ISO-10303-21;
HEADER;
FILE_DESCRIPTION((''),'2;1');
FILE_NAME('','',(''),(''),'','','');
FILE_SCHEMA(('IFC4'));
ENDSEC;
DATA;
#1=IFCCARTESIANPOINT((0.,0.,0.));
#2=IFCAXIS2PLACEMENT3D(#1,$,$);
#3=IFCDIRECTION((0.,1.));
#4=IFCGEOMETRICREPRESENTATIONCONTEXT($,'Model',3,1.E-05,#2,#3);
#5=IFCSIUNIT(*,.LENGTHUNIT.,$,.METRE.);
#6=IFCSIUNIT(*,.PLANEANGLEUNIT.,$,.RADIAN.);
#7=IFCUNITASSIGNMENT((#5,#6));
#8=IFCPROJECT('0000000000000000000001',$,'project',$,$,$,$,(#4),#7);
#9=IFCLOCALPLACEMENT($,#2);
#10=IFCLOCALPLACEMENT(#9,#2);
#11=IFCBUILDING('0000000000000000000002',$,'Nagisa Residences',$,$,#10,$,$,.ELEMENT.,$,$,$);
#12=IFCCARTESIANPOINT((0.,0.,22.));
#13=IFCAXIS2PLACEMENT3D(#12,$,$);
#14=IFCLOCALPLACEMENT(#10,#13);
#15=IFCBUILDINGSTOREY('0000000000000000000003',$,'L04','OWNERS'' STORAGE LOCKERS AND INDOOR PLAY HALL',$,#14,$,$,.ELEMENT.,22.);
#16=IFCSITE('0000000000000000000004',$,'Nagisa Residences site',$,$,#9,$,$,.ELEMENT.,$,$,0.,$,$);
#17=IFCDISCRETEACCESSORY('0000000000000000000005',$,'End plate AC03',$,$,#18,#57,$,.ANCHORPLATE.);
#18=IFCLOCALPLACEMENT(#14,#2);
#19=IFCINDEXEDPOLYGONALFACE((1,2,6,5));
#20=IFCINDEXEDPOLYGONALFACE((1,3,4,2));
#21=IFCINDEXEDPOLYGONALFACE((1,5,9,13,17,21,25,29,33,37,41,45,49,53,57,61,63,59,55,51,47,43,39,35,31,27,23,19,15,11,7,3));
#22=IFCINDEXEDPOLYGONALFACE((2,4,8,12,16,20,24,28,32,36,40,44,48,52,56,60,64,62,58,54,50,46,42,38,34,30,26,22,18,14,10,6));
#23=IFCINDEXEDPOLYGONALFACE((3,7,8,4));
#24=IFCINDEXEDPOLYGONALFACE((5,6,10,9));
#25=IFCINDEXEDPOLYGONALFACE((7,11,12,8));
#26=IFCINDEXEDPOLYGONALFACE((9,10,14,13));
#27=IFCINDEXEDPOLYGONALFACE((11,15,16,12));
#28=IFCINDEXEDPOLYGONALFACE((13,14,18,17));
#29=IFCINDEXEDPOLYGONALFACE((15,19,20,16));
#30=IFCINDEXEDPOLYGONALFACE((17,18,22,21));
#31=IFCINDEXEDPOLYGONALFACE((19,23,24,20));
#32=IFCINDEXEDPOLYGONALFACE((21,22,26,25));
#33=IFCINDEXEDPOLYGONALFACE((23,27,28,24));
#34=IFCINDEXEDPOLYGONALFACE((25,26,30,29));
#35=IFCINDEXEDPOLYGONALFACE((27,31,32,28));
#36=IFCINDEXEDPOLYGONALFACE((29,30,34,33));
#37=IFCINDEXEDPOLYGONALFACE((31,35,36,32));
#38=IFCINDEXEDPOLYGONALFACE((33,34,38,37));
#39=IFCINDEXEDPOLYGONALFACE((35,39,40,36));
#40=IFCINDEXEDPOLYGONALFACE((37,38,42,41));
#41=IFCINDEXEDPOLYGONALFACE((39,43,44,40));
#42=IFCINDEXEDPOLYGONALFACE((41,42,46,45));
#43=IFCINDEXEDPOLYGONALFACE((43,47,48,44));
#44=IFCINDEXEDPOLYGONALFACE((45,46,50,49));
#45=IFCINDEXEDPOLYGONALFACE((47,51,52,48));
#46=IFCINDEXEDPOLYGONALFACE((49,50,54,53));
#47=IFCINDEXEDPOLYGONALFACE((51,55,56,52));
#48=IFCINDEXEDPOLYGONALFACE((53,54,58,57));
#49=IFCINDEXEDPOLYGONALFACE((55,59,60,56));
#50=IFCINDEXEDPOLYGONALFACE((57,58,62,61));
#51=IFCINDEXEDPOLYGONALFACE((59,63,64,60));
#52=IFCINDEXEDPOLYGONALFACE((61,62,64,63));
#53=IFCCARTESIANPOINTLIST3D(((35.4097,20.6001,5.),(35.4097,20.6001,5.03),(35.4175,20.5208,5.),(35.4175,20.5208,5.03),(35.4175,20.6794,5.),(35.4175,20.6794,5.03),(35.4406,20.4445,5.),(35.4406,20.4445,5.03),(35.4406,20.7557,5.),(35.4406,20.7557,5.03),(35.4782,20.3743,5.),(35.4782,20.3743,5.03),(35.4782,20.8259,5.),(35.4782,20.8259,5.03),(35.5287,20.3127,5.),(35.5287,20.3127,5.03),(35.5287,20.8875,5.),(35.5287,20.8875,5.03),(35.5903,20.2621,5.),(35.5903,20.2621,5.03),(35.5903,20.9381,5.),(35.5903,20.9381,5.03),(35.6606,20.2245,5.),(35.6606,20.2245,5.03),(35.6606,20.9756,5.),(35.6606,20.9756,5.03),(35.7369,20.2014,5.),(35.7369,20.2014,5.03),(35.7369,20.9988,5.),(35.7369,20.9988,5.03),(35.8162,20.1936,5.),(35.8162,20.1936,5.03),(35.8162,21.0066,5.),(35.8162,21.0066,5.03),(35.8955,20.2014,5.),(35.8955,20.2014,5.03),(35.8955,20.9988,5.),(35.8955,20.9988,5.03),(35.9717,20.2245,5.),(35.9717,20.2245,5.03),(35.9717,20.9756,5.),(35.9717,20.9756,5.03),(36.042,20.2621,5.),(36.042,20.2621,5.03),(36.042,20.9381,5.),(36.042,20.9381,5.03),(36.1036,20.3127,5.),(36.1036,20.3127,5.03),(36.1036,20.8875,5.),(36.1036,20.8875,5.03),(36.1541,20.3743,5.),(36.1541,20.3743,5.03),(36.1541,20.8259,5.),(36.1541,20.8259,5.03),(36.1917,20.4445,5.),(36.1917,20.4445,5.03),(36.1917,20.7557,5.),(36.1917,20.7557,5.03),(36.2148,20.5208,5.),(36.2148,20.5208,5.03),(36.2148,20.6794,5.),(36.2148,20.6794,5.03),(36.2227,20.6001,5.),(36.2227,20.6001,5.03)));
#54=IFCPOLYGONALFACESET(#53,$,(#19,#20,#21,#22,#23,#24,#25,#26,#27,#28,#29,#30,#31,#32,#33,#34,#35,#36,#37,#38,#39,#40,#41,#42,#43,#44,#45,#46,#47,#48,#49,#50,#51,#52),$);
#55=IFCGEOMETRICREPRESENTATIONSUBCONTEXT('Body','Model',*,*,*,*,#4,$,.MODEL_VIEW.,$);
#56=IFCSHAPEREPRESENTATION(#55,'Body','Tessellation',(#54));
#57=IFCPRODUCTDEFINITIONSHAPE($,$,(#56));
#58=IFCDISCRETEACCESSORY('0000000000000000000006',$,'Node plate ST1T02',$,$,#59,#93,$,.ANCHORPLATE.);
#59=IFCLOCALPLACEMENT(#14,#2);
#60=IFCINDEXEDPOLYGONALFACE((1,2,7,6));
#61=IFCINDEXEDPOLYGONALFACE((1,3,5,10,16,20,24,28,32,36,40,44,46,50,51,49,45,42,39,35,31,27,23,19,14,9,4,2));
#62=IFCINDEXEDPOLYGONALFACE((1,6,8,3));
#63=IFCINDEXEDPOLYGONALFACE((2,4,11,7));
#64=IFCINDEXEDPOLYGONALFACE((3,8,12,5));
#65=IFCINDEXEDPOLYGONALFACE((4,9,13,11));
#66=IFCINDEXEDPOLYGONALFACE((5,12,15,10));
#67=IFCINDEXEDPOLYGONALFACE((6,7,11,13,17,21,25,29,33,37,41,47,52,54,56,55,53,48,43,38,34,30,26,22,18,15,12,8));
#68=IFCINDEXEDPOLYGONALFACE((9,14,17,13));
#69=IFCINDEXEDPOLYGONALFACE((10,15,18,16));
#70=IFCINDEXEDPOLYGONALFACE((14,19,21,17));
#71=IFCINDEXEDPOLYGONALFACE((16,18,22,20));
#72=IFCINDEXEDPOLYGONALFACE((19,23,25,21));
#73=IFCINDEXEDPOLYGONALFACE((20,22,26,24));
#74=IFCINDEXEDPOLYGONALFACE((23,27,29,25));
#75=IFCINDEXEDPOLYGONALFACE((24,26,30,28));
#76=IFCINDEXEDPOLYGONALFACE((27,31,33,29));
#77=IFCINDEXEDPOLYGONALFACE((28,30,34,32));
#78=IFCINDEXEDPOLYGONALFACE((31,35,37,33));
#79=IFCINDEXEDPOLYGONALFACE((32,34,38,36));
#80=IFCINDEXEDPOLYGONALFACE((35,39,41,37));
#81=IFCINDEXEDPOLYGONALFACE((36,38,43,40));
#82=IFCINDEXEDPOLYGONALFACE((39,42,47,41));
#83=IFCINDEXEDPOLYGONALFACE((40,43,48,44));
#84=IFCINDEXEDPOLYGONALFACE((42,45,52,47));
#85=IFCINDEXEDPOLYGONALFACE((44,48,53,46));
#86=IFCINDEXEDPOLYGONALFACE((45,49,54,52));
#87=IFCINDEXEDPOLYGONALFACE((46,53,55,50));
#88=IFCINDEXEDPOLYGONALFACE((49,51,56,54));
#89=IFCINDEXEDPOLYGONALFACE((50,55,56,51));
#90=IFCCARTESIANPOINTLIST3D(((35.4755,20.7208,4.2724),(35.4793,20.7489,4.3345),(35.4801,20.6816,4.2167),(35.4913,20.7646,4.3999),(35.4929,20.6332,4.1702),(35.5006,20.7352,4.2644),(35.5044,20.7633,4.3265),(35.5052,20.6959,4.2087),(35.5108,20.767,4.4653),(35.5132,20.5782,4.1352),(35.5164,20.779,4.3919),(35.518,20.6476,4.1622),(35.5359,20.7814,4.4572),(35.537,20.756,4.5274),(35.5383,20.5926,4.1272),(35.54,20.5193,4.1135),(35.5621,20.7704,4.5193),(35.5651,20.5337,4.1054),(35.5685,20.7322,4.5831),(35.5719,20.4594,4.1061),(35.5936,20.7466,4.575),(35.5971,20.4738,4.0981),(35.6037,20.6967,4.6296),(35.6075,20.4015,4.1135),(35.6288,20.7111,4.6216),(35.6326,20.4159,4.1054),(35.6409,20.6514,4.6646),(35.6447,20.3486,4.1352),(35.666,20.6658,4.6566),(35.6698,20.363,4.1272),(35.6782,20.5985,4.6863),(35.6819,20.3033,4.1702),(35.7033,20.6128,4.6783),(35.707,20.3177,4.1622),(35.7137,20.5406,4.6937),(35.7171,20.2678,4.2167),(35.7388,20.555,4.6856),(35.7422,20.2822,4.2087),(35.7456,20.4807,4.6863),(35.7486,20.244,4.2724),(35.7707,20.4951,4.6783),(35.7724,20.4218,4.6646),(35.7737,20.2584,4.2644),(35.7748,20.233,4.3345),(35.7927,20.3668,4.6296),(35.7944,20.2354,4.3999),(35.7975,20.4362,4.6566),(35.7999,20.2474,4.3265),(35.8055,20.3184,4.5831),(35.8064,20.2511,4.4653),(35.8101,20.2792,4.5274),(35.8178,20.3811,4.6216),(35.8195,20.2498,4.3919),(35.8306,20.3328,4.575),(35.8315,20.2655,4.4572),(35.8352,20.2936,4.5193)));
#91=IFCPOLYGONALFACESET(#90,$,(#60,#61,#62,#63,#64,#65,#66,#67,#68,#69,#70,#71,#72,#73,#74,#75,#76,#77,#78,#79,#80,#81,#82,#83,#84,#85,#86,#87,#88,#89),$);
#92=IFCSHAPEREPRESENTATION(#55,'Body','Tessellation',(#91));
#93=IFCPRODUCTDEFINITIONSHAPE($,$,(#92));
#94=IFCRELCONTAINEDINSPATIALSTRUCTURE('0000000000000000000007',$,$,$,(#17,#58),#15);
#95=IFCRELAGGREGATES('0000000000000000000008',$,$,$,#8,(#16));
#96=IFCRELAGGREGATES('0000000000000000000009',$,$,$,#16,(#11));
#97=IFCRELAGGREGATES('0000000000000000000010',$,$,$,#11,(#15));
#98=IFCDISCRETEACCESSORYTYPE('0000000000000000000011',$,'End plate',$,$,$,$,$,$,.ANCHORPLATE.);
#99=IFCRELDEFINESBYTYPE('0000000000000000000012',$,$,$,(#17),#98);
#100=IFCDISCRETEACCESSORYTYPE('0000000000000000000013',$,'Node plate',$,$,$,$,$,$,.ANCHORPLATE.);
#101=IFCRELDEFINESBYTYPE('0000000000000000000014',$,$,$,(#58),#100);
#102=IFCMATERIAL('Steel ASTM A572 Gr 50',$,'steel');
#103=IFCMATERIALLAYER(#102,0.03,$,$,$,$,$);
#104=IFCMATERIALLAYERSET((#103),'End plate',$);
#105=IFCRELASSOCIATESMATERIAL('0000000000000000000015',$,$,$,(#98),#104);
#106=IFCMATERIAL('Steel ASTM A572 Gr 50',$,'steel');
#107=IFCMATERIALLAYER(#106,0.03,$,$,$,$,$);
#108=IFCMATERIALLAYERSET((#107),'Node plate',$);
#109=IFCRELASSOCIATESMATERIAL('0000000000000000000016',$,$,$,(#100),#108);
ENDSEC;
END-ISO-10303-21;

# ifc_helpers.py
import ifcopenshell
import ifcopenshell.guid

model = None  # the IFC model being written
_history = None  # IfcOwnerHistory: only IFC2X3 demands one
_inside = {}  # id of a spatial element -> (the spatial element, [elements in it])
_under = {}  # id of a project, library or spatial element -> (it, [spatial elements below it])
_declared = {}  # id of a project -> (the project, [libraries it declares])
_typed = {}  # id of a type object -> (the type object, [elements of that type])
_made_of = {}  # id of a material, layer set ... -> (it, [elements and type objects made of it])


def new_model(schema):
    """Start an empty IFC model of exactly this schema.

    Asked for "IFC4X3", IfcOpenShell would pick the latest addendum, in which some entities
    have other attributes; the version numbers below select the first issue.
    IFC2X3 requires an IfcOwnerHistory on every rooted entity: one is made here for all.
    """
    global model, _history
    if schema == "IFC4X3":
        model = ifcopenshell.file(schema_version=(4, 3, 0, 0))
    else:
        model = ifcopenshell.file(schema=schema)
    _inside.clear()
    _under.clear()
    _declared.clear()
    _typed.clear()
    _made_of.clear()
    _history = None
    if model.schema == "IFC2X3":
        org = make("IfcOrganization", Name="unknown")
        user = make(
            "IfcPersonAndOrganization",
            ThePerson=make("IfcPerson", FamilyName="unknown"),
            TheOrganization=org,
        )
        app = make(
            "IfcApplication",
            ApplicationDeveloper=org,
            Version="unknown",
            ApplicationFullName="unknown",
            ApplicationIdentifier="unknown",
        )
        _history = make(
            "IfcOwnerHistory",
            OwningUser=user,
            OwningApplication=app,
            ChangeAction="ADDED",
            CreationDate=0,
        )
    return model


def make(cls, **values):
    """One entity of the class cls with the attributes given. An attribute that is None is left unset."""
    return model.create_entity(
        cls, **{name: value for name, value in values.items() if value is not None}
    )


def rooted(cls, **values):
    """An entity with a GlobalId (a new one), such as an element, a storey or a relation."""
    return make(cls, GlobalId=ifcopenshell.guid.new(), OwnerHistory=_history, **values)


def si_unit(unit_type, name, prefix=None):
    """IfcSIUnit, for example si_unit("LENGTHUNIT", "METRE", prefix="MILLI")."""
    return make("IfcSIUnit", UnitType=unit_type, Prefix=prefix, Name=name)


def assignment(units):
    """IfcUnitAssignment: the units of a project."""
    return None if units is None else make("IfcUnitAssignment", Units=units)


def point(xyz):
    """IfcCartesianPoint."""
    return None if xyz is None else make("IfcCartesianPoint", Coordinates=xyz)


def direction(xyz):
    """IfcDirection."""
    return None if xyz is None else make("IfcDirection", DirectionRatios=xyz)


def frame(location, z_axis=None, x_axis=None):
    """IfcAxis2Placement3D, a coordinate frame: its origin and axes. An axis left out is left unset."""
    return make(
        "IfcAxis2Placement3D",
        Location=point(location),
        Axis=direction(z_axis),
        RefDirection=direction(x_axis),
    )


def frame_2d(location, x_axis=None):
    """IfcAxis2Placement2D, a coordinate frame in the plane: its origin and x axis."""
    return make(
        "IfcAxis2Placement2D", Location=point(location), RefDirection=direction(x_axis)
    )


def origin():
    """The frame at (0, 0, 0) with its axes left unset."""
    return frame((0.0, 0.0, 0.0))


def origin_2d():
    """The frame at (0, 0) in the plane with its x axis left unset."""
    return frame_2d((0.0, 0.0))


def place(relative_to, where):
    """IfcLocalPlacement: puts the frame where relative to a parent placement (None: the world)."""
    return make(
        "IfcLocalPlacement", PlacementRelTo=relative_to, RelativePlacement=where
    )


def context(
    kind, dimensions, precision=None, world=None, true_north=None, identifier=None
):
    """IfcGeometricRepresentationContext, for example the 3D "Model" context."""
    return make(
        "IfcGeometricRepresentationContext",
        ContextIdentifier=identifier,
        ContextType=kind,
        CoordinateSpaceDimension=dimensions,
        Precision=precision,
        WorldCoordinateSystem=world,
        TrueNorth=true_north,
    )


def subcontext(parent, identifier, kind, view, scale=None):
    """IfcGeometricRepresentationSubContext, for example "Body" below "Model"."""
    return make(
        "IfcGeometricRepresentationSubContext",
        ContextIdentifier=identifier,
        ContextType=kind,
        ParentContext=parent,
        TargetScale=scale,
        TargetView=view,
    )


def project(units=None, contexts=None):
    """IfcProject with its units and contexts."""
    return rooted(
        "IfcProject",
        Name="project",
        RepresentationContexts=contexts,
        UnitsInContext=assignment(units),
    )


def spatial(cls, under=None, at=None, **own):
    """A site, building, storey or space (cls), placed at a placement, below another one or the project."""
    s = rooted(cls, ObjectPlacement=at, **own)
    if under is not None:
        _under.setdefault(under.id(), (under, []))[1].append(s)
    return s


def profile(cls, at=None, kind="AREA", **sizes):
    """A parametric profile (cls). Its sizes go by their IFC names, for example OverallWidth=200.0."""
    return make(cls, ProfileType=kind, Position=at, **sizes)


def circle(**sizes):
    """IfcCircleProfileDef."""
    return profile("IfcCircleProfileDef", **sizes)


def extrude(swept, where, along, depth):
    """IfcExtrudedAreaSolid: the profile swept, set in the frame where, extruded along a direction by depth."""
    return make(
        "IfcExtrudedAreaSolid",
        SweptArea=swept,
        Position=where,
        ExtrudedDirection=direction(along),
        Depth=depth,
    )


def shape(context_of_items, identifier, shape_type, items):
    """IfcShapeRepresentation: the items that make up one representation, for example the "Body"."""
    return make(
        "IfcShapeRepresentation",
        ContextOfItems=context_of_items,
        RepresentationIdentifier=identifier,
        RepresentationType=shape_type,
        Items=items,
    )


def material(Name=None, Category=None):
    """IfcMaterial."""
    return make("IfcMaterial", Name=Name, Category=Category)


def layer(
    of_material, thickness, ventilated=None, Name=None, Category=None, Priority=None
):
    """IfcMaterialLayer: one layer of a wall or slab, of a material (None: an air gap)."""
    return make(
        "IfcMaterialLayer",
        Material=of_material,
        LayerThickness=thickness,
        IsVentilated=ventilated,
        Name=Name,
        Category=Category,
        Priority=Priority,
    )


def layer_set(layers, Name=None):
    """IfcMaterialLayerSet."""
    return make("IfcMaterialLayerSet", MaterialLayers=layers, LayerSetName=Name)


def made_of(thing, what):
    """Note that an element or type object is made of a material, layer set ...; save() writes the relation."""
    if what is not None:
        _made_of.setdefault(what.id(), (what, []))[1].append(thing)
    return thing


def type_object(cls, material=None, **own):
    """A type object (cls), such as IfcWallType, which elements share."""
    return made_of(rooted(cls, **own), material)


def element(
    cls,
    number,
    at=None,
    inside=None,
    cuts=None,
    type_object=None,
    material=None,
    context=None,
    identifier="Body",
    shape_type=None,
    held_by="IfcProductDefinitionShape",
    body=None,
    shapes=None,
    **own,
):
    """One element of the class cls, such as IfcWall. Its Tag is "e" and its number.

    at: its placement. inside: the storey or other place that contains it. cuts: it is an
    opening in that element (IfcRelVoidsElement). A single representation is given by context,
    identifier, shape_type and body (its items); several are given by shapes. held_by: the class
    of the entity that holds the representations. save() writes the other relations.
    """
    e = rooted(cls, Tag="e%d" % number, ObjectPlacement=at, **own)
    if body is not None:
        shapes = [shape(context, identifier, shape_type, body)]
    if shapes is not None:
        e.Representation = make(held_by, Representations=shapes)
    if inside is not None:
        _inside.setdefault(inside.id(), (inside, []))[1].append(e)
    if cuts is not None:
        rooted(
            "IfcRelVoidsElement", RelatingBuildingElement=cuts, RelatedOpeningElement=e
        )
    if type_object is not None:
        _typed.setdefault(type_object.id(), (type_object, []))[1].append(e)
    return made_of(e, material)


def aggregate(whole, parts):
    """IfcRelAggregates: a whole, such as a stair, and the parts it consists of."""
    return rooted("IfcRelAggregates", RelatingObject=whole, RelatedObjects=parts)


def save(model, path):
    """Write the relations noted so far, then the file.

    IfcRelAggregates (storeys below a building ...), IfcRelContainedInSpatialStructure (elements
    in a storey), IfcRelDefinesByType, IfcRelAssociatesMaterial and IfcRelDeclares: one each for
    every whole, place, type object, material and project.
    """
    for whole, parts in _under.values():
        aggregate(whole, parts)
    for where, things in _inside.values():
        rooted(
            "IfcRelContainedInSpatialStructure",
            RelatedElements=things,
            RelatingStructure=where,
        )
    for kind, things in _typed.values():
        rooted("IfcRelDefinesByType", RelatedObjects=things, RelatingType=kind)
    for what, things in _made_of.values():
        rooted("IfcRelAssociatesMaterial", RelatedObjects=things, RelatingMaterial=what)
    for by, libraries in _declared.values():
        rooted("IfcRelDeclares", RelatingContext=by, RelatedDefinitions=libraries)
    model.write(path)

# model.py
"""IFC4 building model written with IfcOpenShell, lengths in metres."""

from ifc_helpers import new_model, si_unit, direction, frame, origin, origin_2d, place, context, subcontext, project, spatial, circle, extrude, material, layer, layer_set, type_object, element, save


model = new_model("IFC4")

# Units and contexts
model_context = context("Model", 3, precision=1e-05, world=origin(), true_north=direction((0.0, 1.0)))
body_context = subcontext(model_context, "Body", "Model", "MODEL_VIEW")
ifc_project = project(units=[si_unit("LENGTHUNIT", "METRE"), si_unit("PLANEANGLEUNIT", "RADIAN")], contexts=[model_context])

# Site, building, storey
site_placement = place(None, origin())
site = spatial("IfcSite", under=ifc_project, at=site_placement, Name="Nagisa Residences site", CompositionType="ELEMENT", RefElevation=0.0)
building_placement = place(site_placement, origin())
building = spatial("IfcBuilding", under=site, at=building_placement, Name="Nagisa Residences", CompositionType="ELEMENT")
storey_placement = place(building_placement, frame((0.0, 0.0, 22.0)))
storey = spatial("IfcBuildingStorey", under=building, at=storey_placement, Name="L04", Description="OWNERS' STORAGE LOCKERS AND INDOOR PLAY HALL", CompositionType="ELEMENT", Elevation=22.0)

# Discrete accessories
ifc_material_1 = material(Name="Steel ASTM A572 Gr 50", Category="steel")
ifc_layer_1 = layer(ifc_material_1, 0.03)
ifc_layer_set_1 = layer_set([ifc_layer_1], Name="End plate")
discrete_accessory_type_1 = type_object("IfcDiscreteAccessoryType", Name="End plate", PredefinedType="ANCHORPLATE", material=ifc_layer_set_1)
for number, where, z_axis, x_axis, name in (
    (1, (35.8162, 20.6001, 5.0), (0.0, 0.0, 1.0), (1.0, 0.0, 0.0), "End plate AC03"),
):
    element("IfcDiscreteAccessory", number, at=place(storey_placement, frame(where, z_axis=z_axis, x_axis=x_axis)), inside=storey, type_object=discrete_accessory_type_1, Name=name, PredefinedType="ANCHORPLATE", context=body_context, shape_type="SweptSolid", body=[
        extrude(circle(Radius=0.4065, at=origin_2d()), origin(), (0.0, 0.0, 1.0), 0.03),
    ])
ifc_material_2 = material(Name="Steel ASTM A572 Gr 50", Category="steel")
ifc_layer_2 = layer(ifc_material_2, 0.03)
ifc_layer_set_2 = layer_set([ifc_layer_2], Name="Node plate")
discrete_accessory_type_2 = type_object("IfcDiscreteAccessoryType", Name="Node plate", PredefinedType="ANCHORPLATE", material=ifc_layer_set_2)
discrete_accessory_placement = place(storey_placement, frame((35.6428, 20.5, 4.3999), z_axis=(0.836018, 0.478884, -0.26785), x_axis=(-0.497046, 0.867724, 0.0)))
element("IfcDiscreteAccessory", 2, at=discrete_accessory_placement, inside=storey, type_object=discrete_accessory_type_2, Name="Node plate ST1T02", PredefinedType="ANCHORPLATE", context=body_context, shape_type="SweptSolid", body=[
    extrude(circle(Radius=0.3049, at=origin_2d()), origin(), (0.0, 0.0, 1.0), 0.03),
])

save(model, "model.ifc")
